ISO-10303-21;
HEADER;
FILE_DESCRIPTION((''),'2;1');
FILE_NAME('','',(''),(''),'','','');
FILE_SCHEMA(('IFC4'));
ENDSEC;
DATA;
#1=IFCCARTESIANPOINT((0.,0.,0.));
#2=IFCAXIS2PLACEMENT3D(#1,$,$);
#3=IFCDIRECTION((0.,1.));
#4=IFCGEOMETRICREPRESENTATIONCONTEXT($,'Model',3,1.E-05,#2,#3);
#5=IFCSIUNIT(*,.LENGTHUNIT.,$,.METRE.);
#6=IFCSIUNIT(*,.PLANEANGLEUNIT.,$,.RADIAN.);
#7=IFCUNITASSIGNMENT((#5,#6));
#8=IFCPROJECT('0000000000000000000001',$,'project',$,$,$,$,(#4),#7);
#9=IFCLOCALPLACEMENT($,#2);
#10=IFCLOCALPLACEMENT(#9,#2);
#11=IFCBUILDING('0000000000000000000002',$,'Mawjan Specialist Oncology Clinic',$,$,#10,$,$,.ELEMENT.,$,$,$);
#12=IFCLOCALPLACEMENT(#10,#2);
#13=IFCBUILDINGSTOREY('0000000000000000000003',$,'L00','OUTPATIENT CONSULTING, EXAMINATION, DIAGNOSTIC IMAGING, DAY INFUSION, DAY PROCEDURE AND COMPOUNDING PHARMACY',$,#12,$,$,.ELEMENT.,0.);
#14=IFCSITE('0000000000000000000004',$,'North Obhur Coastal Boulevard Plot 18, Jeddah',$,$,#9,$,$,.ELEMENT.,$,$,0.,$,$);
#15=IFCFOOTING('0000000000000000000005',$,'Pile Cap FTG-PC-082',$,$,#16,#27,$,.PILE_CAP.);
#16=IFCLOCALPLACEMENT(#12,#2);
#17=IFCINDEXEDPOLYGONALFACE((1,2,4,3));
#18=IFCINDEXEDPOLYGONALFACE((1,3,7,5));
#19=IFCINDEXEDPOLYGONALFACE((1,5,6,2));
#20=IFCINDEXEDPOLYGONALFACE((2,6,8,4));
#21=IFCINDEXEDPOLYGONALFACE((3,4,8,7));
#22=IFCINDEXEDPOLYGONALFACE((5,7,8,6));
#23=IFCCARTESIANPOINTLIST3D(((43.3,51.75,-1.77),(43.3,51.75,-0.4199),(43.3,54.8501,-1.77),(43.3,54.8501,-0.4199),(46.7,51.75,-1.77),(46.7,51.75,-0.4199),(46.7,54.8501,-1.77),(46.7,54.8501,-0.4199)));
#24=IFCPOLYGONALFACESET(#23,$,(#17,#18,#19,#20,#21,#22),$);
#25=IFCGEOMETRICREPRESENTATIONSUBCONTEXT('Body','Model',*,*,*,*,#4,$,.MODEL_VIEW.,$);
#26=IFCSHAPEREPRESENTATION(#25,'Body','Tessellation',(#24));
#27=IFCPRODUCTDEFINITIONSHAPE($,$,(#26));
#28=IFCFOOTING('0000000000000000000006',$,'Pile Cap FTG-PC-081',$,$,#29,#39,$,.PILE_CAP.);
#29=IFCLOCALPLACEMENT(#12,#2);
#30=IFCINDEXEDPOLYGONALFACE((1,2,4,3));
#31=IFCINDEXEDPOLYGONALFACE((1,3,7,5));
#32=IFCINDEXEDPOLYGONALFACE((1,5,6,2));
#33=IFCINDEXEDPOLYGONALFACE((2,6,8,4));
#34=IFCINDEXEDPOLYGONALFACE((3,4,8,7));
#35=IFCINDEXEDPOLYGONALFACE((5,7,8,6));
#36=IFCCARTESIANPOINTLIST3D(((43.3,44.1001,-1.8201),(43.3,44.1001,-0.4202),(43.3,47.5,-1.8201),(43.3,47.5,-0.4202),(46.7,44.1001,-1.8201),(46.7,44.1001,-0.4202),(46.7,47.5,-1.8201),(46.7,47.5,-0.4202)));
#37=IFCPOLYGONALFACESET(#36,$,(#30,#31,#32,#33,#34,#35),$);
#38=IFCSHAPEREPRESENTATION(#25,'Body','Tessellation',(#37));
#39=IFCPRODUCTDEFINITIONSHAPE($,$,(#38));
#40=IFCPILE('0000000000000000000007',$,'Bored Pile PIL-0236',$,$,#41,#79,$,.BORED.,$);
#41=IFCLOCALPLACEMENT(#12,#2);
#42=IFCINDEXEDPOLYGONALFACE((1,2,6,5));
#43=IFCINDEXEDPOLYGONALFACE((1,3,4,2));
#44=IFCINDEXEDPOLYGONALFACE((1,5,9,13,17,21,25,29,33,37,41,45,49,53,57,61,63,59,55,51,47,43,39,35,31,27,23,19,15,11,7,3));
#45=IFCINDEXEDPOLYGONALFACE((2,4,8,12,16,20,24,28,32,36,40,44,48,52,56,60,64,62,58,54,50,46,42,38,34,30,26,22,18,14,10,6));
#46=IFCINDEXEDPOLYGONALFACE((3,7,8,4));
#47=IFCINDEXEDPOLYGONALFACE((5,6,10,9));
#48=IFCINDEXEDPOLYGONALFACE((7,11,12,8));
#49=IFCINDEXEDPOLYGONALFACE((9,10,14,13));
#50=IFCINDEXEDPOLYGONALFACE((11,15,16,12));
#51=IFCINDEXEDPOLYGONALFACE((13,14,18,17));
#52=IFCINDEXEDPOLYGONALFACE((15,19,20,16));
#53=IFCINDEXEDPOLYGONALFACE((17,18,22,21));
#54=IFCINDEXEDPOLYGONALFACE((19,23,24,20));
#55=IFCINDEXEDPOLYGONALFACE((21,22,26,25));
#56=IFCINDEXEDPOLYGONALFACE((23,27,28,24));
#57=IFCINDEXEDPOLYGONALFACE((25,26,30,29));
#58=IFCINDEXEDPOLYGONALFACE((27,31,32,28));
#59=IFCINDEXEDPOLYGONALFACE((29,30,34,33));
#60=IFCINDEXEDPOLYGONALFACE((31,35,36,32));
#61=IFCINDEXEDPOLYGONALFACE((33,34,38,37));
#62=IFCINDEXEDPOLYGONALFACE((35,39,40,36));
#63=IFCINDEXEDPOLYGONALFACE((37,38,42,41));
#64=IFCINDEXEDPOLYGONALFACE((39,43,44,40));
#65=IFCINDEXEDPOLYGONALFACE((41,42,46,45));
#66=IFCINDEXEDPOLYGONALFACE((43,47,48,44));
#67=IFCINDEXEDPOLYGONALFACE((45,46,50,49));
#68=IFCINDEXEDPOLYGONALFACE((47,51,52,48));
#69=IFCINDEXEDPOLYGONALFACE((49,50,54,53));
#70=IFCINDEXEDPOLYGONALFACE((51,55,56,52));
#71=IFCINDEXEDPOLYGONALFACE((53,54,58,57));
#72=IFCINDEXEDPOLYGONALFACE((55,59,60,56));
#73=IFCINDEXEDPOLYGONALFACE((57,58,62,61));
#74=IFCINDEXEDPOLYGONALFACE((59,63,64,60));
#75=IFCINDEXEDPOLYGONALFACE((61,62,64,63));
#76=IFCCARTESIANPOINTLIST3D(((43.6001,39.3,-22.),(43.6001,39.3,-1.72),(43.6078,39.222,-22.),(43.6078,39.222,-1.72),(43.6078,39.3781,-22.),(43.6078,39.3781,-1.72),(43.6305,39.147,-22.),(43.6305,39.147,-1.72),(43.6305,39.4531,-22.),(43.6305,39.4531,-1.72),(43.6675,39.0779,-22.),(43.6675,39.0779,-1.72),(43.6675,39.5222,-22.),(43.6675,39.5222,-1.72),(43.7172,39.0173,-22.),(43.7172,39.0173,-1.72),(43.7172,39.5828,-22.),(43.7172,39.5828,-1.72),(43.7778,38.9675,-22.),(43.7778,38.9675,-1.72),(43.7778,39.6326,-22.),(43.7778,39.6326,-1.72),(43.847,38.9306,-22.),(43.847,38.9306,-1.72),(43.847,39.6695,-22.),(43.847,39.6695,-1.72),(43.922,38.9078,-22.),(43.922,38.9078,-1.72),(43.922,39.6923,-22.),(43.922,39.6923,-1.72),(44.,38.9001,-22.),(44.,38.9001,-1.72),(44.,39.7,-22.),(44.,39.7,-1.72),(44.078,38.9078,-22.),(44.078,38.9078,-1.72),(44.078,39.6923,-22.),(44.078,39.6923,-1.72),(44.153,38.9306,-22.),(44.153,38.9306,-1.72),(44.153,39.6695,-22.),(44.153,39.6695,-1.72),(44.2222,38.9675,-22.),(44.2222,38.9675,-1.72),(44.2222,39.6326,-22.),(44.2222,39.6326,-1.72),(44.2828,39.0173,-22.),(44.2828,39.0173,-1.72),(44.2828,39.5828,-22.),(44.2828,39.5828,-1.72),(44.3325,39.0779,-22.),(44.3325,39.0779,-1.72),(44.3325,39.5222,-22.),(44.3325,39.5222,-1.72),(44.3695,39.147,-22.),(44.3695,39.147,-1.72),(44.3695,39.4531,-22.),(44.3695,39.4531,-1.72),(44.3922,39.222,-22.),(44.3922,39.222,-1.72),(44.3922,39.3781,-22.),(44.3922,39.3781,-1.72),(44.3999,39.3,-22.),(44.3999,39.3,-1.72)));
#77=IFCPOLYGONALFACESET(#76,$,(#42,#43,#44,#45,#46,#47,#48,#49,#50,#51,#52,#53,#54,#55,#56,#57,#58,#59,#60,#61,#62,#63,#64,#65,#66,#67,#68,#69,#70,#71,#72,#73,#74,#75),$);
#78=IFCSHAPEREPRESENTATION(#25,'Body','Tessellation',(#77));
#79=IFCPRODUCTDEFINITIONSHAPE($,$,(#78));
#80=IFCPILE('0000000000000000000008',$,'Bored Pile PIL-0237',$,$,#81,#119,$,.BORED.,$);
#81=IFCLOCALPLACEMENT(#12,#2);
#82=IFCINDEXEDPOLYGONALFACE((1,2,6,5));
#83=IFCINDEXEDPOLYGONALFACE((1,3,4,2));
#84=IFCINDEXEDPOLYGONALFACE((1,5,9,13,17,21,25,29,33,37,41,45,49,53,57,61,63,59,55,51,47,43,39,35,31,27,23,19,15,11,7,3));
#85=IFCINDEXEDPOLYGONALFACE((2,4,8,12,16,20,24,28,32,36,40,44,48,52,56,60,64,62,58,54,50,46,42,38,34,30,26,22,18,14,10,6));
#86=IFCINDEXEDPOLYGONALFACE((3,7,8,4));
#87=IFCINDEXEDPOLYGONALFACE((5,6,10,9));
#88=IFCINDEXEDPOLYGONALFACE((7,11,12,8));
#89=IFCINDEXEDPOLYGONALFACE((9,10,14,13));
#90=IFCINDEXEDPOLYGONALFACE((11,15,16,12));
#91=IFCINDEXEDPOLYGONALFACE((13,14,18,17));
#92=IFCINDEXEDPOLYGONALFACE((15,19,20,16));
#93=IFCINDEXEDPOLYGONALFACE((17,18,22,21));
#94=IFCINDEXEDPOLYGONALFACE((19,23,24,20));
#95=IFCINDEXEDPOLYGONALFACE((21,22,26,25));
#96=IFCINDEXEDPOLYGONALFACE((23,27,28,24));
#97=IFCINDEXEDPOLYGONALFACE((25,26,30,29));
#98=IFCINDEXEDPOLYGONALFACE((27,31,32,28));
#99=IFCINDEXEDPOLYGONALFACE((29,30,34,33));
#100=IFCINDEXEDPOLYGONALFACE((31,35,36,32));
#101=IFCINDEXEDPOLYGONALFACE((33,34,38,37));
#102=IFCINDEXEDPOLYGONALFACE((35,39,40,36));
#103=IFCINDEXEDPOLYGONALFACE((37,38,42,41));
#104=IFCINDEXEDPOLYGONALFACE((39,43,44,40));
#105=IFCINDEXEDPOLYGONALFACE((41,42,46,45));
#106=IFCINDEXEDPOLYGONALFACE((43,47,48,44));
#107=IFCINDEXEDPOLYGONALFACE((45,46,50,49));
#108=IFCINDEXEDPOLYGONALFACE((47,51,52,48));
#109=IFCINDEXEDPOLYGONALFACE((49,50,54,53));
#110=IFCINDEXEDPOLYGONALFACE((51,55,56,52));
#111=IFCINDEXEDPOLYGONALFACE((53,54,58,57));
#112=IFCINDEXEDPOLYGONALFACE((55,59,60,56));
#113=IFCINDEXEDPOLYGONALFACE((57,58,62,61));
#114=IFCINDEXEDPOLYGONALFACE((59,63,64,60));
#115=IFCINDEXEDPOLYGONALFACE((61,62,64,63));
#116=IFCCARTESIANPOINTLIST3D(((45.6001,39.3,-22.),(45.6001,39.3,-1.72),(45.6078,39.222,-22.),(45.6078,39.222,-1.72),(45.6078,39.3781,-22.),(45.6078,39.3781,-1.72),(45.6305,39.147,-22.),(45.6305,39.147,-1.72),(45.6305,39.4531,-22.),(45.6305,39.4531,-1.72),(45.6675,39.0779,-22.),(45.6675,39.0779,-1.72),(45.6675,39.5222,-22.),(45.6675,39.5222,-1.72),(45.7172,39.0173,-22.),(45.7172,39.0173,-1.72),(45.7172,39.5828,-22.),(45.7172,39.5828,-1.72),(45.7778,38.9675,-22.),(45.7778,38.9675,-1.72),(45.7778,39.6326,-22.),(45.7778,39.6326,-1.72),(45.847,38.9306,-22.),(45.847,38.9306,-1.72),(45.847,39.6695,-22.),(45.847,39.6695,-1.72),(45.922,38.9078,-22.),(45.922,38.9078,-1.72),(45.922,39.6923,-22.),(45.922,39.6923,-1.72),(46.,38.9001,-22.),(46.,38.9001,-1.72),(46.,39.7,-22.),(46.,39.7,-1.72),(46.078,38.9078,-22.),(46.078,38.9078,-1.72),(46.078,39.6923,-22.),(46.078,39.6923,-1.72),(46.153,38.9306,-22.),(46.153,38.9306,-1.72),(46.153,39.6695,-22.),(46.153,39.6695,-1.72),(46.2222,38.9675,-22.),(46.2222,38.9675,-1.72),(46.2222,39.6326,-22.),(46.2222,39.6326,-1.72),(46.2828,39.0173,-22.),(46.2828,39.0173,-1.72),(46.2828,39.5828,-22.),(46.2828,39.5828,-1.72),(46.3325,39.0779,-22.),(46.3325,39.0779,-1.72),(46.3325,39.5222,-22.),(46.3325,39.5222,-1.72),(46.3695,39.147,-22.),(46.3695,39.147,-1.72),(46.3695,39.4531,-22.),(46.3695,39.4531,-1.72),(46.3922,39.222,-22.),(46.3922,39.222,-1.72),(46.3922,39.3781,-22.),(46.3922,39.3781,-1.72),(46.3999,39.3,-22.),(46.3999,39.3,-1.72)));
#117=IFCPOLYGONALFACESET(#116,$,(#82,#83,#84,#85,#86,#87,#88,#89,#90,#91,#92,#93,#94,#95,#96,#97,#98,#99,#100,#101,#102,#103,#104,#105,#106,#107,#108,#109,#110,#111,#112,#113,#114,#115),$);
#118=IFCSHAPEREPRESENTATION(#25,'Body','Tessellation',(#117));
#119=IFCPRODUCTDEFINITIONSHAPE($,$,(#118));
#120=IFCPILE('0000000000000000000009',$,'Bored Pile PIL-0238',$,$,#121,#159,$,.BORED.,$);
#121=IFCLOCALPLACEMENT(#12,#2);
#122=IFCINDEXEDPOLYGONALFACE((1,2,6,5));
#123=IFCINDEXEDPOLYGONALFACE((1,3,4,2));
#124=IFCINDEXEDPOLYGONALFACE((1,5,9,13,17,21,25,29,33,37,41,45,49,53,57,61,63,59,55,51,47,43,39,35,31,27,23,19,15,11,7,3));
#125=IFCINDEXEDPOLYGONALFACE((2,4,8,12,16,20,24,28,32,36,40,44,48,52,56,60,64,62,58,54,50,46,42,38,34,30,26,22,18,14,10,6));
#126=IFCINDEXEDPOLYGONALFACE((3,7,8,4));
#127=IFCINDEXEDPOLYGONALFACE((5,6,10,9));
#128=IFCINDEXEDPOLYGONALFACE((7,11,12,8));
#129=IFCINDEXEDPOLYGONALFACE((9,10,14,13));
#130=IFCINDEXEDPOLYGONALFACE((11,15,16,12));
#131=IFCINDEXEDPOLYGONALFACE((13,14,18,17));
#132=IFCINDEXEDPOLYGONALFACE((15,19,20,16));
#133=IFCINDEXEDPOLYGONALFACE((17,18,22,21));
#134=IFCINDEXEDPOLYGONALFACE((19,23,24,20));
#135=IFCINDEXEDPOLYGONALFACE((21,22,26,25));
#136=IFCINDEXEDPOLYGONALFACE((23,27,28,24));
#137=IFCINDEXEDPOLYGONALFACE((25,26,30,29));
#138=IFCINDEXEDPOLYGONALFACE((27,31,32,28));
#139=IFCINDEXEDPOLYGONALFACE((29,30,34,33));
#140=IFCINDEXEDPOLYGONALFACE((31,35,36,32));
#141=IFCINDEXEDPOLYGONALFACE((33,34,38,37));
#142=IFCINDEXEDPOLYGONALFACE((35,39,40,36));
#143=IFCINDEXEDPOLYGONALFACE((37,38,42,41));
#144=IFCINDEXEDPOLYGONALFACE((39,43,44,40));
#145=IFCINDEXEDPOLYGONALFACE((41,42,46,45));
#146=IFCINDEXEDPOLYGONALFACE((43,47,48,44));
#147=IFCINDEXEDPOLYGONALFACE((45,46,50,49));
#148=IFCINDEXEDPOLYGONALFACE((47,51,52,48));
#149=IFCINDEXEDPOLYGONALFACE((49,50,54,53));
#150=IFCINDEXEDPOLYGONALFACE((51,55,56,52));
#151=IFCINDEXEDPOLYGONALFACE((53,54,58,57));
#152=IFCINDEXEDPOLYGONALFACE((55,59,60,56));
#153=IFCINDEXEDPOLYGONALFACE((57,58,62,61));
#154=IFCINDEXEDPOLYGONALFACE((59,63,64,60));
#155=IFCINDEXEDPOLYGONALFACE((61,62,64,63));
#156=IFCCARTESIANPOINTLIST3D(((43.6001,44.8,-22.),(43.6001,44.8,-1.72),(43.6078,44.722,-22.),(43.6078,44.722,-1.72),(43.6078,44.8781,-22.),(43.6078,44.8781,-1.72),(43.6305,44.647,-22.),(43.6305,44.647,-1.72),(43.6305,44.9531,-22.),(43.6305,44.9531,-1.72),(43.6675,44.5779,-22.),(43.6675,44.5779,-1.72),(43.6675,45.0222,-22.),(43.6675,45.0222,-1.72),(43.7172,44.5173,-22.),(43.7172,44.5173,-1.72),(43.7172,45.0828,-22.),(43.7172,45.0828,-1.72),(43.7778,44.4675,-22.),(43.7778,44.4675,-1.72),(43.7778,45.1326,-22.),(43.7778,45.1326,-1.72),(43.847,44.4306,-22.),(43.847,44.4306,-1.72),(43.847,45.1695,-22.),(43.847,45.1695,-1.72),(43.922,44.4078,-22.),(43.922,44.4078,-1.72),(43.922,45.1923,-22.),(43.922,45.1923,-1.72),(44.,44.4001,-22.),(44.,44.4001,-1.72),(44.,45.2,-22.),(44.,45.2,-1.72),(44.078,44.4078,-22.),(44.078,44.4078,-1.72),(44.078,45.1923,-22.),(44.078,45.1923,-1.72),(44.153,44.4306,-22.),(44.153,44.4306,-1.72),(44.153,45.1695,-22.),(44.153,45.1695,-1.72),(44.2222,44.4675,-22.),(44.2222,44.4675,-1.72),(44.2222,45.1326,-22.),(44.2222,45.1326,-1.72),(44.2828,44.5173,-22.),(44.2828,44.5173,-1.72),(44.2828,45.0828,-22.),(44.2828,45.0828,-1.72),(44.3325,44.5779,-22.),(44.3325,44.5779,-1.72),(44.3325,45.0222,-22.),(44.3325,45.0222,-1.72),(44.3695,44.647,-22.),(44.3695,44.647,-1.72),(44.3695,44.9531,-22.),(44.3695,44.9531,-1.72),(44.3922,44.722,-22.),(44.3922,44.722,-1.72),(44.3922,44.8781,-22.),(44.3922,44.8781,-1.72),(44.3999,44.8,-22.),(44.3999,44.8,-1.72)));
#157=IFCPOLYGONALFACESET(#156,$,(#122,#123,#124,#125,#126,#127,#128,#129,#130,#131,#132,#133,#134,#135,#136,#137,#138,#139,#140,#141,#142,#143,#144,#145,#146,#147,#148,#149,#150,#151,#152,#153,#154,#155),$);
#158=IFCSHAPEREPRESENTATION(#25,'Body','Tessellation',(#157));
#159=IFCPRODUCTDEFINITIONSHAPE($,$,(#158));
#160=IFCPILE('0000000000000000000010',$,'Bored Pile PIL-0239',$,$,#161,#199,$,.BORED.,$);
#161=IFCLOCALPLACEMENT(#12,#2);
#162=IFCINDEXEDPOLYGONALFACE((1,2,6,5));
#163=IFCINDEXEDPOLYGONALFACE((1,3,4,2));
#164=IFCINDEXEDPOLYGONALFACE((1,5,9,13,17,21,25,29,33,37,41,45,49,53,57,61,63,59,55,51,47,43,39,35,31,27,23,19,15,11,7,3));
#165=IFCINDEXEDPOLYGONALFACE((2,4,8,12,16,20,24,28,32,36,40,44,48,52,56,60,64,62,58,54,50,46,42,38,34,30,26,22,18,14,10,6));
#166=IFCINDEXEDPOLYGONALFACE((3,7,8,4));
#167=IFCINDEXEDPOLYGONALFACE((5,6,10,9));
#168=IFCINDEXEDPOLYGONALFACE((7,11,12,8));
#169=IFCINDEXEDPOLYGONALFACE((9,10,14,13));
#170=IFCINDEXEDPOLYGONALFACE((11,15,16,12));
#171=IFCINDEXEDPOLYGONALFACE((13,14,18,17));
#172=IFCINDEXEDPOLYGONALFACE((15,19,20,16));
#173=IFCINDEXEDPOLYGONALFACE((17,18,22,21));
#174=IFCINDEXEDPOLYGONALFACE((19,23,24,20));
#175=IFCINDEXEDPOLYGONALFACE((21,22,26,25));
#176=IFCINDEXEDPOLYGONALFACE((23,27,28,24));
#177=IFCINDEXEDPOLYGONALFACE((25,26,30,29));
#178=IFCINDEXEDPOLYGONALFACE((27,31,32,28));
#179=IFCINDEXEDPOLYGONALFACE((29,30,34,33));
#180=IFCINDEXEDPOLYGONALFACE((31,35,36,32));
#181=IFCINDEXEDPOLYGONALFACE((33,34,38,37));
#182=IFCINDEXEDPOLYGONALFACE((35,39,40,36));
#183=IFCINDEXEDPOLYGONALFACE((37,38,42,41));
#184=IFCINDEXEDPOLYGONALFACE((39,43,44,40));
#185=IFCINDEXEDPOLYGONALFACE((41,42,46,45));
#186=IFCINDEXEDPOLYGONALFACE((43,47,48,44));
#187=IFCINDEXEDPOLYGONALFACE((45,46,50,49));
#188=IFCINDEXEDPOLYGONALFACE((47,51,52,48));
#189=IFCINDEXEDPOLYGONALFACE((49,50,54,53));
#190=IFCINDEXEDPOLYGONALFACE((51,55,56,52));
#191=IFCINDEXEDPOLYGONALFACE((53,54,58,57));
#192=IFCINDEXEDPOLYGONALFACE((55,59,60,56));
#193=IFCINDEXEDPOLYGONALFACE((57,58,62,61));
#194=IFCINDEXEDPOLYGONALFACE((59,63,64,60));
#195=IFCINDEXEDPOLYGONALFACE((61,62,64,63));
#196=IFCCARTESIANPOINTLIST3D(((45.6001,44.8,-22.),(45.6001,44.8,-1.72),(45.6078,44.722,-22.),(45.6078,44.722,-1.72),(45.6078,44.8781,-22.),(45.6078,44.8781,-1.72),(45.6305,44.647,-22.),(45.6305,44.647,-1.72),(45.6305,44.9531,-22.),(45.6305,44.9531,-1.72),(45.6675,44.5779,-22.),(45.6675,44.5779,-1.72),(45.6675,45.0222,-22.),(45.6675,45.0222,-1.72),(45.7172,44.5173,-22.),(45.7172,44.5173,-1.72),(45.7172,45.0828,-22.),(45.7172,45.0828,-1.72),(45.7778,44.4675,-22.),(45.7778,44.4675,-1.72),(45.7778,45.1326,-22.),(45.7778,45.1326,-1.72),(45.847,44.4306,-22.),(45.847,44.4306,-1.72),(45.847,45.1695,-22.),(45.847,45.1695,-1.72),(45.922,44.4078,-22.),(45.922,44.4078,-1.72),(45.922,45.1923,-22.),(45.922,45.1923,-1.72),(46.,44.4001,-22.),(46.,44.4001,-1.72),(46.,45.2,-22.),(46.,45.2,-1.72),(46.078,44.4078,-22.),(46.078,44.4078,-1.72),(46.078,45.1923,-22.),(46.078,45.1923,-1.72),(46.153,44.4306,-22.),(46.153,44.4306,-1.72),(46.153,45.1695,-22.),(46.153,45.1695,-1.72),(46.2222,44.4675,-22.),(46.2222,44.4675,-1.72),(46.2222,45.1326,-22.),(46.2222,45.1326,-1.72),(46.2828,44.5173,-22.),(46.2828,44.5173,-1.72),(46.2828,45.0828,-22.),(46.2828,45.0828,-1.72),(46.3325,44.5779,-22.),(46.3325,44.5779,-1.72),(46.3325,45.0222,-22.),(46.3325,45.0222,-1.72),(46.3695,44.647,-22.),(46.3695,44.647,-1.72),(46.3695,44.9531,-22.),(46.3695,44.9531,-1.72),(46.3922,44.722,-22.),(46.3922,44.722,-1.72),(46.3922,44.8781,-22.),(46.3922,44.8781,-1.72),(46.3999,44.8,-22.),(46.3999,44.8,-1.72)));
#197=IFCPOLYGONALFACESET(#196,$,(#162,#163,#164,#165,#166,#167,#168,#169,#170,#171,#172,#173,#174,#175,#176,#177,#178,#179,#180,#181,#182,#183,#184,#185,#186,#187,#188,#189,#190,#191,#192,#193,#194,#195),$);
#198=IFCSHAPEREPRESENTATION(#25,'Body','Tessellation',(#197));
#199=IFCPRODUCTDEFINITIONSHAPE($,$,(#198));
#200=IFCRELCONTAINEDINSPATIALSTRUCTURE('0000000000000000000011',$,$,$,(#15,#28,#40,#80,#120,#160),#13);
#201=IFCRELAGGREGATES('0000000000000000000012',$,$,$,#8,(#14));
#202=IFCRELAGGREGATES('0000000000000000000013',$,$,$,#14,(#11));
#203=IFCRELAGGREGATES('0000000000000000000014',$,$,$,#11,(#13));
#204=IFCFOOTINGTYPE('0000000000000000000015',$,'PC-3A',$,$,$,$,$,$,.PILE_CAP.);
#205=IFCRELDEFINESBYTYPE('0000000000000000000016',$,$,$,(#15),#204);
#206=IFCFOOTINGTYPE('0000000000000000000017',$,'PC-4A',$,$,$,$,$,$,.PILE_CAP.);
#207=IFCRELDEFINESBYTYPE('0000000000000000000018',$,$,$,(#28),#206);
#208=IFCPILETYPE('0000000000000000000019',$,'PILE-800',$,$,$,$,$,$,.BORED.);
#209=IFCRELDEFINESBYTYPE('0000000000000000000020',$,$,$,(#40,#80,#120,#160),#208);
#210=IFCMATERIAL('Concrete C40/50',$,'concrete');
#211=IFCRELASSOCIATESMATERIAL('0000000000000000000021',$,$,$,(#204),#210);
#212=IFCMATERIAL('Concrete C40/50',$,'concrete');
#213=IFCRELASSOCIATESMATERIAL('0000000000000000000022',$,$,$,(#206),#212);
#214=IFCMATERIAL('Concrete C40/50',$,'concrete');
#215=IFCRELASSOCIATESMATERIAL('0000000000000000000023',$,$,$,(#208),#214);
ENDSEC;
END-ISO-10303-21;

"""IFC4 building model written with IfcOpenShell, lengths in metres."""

from ifc_helpers import new_model, si_unit, direction, frame, origin, origin_2d, place, context, subcontext, project, spatial, rectangle, circle, extrude, material, material_profile, profile_set, type_object, element, save


model = new_model("IFC4")

# Units and contexts
model_context = context("Model", 3, precision=1e-05, world=origin(), true_north=direction((0.0, 1.0)))
body_context = subcontext(model_context, "Body", "Model", "MODEL_VIEW")
ifc_project = project(units=[si_unit("LENGTHUNIT", "METRE"), si_unit("PLANEANGLEUNIT", "RADIAN")], contexts=[model_context])

# Site, building, storey
site_placement = place(None, origin())
site = spatial("IfcSite", under=ifc_project, at=site_placement, Name="North Obhur Coastal Boulevard Plot 18, Jeddah", CompositionType="ELEMENT", RefElevation=0.0)
building_placement = place(site_placement, origin())
building = spatial("IfcBuilding", under=site, at=building_placement, Name="Mawjan Specialist Oncology Clinic", CompositionType="ELEMENT")
storey_placement = place(building_placement, origin())
storey = spatial("IfcBuildingStorey", under=building, at=storey_placement, Name="L00", Description="OUTPATIENT CONSULTING, EXAMINATION, DIAGNOSTIC IMAGING, DAY INFUSION, DAY PROCEDURE AND COMPOUNDING PHARMACY", CompositionType="ELEMENT", Elevation=0.0)

# Footings
ifc_material_1 = material(Name="Concrete C40/50", Category="concrete")
footing_type_1 = type_object("IfcFootingType", Name="PC-3A", PredefinedType="PILE_CAP", material=ifc_material_1)
footing_1_placement = place(storey_placement, frame((45.0, 53.3, -1.77), z_axis=(0.0, 0.0, 1.0), x_axis=(1.0, 0.0, 0.0)))
element("IfcFooting", 1, at=footing_1_placement, inside=storey, type_object=footing_type_1, Name="Pile Cap FTG-PC-082", PredefinedType="PILE_CAP", context=body_context, shape_type="SweptSolid", body=[
    extrude(rectangle(XDim=3.3999, YDim=3.1001, at=origin_2d()), origin(), (0.0, 0.0, 1.0), 1.3501),
])
ifc_material_2 = material(Name="Concrete C40/50", Category="concrete")
footing_type_2 = type_object("IfcFootingType", Name="PC-4A", PredefinedType="PILE_CAP", material=ifc_material_2)
footing_2_placement = place(storey_placement, frame((45.0, 45.8, -1.8201), z_axis=(0.0, 0.0, 1.0), x_axis=(1.0, 0.0, 0.0)))
element("IfcFooting", 2, at=footing_2_placement, inside=storey, type_object=footing_type_2, Name="Pile Cap FTG-PC-081", PredefinedType="PILE_CAP", context=body_context, shape_type="SweptSolid", body=[
    extrude(rectangle(XDim=3.3999, YDim=3.3999, at=origin_2d()), origin(), (0.0, 0.0, 1.0), 1.3999),
])

# Piles
ifc_material_3 = material(Name="Concrete C40/50", Category="concrete")
ifc_material_profile_1 = material_profile(ifc_material_3, circle(Radius=0.3999, at=origin_2d()), Name="BORED PILE D800", Category="concrete")
ifc_profile_set_1 = profile_set([ifc_material_profile_1], Name="Concrete C40/50")
pile_type = type_object("IfcPileType", Name="PILE-800", PredefinedType="BORED", material=ifc_profile_set_1)
for number, where, z_axis, x_axis, name in (
    (3, (44.0, 39.3, -1.72), (0.0, 0.0, -1.0), (1.0, 0.0, 0.0), "Bored Pile PIL-0236"),
    (4, (46.0, 39.3, -1.72), (0.0, 0.0, -1.0), (1.0, 0.0, 0.0), "Bored Pile PIL-0237"),
    (5, (44.0, 44.8, -1.72), (0.0, 0.0, -1.0), (1.0, 0.0, 0.0), "Bored Pile PIL-0238"),
    (6, (46.0, 44.8, -1.72), (0.0, 0.0, -1.0), (1.0, 0.0, 0.0), "Bored Pile PIL-0239"),
):
    element("IfcPile", number, at=place(storey_placement, frame(where, z_axis=z_axis, x_axis=x_axis)), inside=storey, type_object=pile_type, Name=name, PredefinedType="BORED", context=body_context, shape_type="SweptSolid", body=[
        extrude(circle(Radius=0.3999, at=origin_2d()), origin(), (0.0, 0.0, 1.0), 20.28),
    ])

save(model, "model.ifc")
